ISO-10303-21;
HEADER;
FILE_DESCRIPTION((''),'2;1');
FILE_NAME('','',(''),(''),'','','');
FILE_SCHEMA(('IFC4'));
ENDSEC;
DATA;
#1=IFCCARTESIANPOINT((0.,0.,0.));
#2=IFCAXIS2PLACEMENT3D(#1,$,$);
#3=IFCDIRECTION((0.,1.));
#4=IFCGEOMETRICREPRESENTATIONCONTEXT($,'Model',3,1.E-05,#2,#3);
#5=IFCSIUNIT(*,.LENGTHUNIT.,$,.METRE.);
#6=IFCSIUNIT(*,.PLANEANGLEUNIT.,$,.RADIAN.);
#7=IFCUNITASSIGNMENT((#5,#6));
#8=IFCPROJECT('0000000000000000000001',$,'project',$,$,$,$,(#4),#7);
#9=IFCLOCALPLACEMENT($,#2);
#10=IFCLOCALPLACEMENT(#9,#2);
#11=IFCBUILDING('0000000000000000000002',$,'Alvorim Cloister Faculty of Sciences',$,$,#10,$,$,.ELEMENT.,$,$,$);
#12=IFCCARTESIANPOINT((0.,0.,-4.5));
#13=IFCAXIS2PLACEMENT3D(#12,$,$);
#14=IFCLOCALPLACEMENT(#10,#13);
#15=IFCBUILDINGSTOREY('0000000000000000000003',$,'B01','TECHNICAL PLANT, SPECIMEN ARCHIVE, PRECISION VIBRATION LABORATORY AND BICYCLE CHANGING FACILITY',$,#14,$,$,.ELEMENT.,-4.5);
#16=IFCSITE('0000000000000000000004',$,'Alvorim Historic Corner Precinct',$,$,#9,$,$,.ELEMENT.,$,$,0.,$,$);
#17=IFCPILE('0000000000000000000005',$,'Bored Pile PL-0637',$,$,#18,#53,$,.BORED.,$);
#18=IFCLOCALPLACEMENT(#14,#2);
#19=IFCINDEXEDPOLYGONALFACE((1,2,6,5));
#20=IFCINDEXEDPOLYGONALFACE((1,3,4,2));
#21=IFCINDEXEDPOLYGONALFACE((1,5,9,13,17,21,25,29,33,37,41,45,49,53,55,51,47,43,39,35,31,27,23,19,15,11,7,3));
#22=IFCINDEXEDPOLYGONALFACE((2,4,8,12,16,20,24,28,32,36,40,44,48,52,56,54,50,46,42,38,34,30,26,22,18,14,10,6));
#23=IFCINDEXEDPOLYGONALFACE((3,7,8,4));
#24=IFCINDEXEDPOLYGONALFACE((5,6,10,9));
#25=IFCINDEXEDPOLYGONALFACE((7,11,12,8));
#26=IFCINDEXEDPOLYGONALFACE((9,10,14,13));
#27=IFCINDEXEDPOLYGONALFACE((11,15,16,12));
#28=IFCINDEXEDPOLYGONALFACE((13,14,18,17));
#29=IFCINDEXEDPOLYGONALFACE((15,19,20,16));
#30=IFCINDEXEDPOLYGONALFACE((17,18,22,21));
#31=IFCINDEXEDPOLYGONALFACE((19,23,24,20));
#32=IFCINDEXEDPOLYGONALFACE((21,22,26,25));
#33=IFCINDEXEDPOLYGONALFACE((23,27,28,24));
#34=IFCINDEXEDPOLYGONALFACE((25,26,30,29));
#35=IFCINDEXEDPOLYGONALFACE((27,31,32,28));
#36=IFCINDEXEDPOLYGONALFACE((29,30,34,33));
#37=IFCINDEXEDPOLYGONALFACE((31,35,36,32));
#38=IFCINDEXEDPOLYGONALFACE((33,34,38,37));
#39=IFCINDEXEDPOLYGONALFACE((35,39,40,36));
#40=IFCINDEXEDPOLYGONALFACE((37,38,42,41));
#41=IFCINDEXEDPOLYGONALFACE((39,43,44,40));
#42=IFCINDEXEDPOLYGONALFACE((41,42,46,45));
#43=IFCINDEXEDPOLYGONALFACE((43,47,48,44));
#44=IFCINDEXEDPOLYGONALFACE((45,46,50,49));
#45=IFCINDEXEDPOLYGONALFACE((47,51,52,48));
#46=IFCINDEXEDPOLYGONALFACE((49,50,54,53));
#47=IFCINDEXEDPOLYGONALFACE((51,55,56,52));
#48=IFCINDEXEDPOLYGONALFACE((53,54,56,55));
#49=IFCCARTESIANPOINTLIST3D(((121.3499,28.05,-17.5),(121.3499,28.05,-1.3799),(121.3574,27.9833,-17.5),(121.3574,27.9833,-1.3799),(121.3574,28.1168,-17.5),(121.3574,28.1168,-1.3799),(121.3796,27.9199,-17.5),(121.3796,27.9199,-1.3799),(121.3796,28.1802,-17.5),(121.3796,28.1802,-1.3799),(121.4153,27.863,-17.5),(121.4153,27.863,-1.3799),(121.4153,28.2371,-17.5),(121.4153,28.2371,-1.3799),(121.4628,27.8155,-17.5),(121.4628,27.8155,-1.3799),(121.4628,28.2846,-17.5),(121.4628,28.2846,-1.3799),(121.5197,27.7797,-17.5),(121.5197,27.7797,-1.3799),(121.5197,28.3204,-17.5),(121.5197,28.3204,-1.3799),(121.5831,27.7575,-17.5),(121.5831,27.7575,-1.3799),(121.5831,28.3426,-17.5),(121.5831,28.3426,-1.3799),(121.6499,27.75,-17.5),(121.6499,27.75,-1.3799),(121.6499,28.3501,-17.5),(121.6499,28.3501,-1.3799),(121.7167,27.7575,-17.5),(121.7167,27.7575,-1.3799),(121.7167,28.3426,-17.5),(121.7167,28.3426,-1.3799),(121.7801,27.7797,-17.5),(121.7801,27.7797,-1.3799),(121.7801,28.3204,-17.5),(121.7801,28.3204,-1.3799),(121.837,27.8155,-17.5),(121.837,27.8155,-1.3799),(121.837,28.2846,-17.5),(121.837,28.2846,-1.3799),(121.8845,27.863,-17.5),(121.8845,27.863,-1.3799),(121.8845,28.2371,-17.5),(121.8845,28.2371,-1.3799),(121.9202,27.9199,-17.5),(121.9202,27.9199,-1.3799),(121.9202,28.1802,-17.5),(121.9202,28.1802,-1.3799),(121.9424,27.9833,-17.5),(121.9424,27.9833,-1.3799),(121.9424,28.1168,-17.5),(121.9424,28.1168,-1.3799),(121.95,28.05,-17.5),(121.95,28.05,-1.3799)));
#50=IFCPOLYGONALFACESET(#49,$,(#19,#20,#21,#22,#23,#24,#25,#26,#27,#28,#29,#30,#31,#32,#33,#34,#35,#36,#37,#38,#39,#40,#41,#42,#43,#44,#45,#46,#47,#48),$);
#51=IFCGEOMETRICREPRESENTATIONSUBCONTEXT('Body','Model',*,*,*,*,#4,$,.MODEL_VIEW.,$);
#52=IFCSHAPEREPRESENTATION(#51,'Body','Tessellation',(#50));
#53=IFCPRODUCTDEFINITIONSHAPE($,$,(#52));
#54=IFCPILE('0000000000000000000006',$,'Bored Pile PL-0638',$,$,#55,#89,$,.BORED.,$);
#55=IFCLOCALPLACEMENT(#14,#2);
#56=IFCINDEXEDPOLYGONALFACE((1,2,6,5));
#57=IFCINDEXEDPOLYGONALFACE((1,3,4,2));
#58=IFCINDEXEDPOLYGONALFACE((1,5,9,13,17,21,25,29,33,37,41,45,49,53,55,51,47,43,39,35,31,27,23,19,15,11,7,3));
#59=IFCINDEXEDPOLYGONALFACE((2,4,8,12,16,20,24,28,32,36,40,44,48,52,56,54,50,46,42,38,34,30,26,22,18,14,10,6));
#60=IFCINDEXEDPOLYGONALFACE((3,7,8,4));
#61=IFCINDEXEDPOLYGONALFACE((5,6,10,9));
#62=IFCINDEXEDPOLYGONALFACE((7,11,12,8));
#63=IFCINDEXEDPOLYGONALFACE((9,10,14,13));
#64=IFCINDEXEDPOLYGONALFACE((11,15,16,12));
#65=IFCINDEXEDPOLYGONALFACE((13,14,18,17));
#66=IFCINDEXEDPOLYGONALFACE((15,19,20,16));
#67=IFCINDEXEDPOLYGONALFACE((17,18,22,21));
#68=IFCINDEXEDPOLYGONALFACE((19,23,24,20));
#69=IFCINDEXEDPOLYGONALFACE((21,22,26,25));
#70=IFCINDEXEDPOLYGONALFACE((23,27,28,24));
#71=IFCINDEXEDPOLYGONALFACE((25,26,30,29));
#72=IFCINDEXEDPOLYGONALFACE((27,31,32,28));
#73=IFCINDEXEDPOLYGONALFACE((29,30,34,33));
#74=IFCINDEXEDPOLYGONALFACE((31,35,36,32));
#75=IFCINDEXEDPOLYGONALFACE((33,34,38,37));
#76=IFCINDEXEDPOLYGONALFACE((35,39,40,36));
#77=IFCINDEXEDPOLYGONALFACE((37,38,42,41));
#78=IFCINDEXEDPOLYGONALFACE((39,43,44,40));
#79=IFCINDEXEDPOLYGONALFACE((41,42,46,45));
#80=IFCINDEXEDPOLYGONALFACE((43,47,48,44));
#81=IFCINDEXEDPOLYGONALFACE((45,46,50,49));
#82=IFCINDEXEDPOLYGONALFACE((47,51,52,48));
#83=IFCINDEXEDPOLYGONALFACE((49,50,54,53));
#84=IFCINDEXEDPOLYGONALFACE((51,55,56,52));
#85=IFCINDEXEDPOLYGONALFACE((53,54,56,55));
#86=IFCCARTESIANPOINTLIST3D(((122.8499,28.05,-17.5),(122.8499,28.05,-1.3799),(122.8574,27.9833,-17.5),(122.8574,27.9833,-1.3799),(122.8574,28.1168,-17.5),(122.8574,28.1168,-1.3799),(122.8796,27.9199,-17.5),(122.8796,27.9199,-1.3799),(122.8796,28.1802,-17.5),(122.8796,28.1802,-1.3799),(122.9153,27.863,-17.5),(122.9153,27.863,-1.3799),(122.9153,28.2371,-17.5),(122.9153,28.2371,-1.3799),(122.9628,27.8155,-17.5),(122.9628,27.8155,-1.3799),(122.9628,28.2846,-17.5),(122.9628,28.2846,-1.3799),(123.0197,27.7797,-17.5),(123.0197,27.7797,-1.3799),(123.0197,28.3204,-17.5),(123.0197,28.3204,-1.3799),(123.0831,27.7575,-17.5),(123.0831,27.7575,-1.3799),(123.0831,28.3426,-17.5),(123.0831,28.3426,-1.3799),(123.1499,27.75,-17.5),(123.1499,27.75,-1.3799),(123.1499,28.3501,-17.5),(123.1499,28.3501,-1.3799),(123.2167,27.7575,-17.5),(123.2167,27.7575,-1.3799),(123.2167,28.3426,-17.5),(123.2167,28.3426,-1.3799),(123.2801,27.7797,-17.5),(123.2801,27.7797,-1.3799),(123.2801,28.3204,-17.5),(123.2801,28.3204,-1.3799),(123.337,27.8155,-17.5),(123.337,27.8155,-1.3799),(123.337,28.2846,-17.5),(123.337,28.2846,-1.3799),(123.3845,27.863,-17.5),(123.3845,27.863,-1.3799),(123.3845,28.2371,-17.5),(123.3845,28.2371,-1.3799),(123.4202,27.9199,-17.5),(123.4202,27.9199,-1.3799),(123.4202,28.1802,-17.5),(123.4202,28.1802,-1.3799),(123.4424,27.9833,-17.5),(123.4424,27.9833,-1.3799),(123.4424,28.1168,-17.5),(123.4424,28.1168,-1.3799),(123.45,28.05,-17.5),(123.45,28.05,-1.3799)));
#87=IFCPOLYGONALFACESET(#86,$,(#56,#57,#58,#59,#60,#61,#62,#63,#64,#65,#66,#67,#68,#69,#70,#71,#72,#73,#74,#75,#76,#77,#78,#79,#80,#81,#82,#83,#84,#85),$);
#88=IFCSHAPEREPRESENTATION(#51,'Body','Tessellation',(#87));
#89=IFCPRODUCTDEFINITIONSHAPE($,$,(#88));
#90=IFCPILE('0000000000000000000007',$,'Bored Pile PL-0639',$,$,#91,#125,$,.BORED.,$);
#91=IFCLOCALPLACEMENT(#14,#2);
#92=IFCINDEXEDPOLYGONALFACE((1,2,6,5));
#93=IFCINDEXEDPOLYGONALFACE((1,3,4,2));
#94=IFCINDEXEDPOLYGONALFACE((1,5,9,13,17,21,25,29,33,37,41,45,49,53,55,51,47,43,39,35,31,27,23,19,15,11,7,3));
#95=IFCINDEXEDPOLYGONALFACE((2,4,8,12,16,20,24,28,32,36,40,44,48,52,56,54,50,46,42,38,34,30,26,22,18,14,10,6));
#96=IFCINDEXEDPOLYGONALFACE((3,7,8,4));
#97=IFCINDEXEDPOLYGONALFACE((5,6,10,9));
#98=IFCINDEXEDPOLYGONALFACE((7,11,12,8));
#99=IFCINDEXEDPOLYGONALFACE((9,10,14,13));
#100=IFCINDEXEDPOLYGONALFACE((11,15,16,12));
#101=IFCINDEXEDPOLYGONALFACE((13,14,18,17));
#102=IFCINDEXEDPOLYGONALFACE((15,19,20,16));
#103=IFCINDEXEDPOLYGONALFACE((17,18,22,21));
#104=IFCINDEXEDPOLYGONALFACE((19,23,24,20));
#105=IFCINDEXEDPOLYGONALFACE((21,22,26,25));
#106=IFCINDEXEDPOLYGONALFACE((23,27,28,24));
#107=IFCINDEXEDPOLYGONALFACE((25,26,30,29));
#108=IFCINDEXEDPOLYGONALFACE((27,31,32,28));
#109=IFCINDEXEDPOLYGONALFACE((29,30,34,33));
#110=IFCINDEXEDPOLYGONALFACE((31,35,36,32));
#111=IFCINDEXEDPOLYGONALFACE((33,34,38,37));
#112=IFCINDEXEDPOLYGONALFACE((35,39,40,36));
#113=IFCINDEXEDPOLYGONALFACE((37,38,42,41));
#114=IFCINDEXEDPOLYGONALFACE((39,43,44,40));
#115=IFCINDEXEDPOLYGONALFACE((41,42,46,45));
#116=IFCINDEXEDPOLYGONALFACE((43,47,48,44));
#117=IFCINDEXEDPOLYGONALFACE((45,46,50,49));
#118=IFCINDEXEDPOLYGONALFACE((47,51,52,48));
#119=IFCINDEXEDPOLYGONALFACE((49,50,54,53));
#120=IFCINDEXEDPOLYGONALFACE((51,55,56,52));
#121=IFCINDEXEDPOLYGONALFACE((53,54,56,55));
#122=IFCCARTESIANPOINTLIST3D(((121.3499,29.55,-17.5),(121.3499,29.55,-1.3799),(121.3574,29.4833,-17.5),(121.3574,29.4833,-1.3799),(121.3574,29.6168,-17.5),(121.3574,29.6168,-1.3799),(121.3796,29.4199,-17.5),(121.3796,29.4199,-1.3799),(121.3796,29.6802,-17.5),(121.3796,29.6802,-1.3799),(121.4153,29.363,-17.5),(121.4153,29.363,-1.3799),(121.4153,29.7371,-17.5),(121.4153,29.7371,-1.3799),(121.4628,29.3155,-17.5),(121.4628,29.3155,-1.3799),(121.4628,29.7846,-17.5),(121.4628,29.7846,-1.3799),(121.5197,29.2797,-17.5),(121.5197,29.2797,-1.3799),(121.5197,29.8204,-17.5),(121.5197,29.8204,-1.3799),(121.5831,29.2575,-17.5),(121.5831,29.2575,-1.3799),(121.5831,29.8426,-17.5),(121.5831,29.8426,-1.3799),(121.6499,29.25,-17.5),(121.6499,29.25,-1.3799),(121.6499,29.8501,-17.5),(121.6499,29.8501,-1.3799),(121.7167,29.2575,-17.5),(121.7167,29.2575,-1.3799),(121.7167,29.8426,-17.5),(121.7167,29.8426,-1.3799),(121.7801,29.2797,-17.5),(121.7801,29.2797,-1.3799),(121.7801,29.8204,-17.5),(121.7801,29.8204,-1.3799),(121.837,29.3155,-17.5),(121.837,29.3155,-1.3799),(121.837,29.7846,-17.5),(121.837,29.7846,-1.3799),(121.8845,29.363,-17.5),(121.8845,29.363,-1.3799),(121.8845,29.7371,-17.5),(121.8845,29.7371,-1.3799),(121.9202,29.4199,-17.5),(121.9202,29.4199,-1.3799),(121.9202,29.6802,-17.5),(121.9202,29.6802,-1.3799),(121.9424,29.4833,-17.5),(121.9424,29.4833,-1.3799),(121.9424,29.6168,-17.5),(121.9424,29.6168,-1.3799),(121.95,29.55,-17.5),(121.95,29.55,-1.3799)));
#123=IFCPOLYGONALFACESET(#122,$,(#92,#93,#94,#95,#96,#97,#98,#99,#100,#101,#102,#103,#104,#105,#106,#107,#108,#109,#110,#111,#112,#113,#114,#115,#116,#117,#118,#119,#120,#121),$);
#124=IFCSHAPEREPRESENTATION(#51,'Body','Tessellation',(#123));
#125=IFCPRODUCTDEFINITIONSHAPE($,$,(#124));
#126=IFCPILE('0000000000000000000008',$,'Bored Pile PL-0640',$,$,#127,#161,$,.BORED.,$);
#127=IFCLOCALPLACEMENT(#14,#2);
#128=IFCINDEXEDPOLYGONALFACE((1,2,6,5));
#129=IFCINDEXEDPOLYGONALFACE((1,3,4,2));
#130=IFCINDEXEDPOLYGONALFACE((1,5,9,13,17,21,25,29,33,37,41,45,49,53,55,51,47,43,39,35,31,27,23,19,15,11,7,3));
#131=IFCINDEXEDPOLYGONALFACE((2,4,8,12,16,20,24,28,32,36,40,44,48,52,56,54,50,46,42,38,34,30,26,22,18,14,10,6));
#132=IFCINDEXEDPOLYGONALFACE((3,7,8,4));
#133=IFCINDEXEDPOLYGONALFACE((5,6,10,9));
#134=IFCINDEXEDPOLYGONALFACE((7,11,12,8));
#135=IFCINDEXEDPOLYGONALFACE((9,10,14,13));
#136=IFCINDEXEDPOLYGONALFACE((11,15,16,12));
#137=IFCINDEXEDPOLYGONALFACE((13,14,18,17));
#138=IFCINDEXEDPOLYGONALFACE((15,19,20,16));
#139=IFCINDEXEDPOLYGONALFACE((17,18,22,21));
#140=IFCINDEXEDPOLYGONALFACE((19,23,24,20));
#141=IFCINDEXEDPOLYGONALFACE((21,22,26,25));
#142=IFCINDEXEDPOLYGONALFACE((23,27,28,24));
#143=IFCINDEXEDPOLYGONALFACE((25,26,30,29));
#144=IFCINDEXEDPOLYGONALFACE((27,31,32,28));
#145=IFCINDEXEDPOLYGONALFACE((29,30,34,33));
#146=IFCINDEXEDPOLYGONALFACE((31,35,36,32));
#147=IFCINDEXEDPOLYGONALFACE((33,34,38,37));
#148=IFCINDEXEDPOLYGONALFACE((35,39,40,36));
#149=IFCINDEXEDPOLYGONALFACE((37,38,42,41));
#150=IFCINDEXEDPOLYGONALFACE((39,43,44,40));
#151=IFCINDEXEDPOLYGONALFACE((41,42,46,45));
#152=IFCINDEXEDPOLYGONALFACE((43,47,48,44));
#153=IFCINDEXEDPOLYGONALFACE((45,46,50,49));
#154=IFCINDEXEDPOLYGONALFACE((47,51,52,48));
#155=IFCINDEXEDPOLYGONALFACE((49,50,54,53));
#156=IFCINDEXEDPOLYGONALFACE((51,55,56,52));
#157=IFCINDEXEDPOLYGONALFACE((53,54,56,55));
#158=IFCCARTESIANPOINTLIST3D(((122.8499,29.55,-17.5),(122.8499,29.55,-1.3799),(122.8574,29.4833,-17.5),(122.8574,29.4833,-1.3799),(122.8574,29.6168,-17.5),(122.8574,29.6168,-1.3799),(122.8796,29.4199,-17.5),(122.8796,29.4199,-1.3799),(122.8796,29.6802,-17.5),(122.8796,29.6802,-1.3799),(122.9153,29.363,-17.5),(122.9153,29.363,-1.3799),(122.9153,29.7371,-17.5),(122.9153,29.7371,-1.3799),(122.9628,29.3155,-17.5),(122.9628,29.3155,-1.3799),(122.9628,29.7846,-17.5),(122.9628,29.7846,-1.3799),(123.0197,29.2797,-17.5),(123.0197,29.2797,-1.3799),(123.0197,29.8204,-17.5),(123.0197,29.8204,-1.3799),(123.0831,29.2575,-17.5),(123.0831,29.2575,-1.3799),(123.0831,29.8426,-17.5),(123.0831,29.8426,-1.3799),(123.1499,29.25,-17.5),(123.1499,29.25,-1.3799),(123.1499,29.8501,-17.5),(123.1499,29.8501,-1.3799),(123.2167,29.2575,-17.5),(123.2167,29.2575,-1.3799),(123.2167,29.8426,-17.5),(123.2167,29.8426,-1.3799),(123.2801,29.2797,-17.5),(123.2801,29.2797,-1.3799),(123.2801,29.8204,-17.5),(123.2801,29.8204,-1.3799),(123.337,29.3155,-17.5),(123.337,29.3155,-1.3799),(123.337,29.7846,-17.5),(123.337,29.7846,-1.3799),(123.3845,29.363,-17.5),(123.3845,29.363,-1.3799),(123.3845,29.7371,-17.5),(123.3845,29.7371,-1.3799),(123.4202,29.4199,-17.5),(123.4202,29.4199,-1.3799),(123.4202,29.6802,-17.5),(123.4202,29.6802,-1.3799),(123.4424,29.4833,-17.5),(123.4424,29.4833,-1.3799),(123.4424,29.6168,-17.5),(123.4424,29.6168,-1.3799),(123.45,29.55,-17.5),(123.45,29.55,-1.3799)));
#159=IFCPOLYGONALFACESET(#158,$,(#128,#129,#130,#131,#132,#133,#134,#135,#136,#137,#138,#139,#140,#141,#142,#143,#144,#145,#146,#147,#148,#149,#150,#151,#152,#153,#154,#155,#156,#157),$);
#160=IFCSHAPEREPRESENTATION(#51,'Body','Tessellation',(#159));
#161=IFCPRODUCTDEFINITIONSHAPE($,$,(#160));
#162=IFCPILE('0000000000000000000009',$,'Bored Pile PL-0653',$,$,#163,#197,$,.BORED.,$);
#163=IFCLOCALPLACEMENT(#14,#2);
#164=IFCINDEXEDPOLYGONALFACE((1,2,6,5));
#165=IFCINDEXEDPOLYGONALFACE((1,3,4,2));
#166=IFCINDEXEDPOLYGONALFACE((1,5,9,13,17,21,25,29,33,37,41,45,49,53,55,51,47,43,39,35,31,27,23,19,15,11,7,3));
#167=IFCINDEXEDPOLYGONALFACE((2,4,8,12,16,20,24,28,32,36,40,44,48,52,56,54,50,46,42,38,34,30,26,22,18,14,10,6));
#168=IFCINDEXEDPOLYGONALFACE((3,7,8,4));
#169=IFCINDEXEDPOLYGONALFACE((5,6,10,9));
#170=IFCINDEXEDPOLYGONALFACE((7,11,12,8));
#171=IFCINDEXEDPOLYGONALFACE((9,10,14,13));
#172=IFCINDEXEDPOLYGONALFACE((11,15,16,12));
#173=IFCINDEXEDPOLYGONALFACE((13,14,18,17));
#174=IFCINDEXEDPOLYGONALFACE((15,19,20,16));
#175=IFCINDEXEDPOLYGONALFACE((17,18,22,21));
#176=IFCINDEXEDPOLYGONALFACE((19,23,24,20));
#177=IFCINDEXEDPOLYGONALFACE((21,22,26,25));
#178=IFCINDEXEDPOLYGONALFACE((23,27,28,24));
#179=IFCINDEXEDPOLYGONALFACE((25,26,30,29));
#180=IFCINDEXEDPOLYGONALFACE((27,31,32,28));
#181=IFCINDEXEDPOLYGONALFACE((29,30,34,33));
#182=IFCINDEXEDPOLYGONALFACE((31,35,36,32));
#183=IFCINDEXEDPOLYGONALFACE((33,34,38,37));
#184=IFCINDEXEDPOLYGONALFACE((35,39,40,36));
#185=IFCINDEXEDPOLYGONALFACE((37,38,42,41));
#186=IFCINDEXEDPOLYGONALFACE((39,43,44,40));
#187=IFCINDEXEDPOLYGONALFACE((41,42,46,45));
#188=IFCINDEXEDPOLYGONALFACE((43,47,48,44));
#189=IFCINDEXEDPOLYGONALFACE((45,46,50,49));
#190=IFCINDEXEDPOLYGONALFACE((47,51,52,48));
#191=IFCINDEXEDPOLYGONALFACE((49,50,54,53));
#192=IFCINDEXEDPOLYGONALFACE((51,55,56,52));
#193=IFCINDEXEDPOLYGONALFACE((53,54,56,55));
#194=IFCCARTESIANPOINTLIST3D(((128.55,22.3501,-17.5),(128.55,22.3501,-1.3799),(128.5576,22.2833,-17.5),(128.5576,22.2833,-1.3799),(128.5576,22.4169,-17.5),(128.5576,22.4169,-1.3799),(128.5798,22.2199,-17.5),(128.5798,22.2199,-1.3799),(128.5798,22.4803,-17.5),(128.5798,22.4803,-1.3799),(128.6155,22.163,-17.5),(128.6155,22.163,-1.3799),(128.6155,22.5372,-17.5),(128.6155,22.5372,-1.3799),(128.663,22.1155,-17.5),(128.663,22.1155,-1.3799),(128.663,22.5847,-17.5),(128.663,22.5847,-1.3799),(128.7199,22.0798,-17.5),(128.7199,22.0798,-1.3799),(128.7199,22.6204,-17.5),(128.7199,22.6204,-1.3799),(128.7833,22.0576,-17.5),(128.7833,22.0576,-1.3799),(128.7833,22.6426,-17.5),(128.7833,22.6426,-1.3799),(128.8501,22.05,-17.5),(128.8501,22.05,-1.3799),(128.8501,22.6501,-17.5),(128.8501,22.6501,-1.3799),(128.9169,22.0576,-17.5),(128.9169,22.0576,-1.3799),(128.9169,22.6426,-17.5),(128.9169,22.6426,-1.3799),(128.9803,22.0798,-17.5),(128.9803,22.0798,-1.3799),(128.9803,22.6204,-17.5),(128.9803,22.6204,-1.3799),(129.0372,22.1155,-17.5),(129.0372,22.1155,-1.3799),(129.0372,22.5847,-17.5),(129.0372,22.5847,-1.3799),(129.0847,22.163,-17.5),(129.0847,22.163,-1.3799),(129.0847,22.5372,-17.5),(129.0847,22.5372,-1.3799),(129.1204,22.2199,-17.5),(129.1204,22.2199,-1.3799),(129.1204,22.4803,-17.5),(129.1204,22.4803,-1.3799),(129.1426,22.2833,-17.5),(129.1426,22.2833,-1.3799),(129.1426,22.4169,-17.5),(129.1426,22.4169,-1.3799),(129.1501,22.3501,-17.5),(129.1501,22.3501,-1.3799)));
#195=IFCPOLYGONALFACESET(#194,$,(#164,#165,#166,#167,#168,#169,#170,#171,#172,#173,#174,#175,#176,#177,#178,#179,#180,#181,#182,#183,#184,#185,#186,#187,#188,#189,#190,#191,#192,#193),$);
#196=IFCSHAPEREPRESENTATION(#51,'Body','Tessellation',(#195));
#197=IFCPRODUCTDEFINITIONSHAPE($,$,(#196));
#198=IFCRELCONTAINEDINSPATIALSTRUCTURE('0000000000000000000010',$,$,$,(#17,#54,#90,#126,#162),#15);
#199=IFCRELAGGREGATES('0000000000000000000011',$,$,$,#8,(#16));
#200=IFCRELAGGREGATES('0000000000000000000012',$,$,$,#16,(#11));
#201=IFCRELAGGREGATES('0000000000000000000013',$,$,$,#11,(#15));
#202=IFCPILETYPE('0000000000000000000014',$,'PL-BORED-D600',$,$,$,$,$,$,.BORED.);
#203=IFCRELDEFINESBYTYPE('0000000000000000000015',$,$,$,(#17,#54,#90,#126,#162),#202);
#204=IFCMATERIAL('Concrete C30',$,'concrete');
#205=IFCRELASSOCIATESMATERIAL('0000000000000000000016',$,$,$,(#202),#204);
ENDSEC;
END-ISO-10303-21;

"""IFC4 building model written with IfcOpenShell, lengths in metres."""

from ifc_helpers import new_model, si_unit, direction, frame, origin, origin_2d, place, context, subcontext, project, spatial, circle, extrude, material, material_profile, profile_set, type_object, element, save


model = new_model("IFC4")

# Units and contexts
model_context = context("Model", 3, precision=1e-05, world=origin(), true_north=direction((0.0, 1.0)))
body_context = subcontext(model_context, "Body", "Model", "MODEL_VIEW")
ifc_project = project(units=[si_unit("LENGTHUNIT", "METRE"), si_unit("PLANEANGLEUNIT", "RADIAN")], contexts=[model_context])

# Site, building, storey
site_placement = place(None, origin())
site = spatial("IfcSite", under=ifc_project, at=site_placement, Name="Alvorim Historic Corner Precinct", CompositionType="ELEMENT", RefElevation=0.0)
building_placement = place(site_placement, origin())
building = spatial("IfcBuilding", under=site, at=building_placement, Name="Alvorim Cloister Faculty of Sciences", CompositionType="ELEMENT")
storey_placement = place(building_placement, frame((0.0, 0.0, -4.5)))
storey = spatial("IfcBuildingStorey", under=building, at=storey_placement, Name="B01", Description="TECHNICAL PLANT, SPECIMEN ARCHIVE, PRECISION VIBRATION LABORATORY AND BICYCLE CHANGING FACILITY", CompositionType="ELEMENT", Elevation=-4.5)

# Piles
ifc_material_1 = material(Name="Concrete C30", Category="concrete")
ifc_material_profile_1 = material_profile(ifc_material_1, circle(Radius=0.3, at=origin_2d()), Name="PILE-D600")
ifc_profile_set_1 = profile_set([ifc_material_profile_1], Name="Concrete C30")
pile_type_1 = type_object("IfcPileType", Name="PL-BORED-D600", PredefinedType="BORED", material=ifc_profile_set_1)
for number, where, z_axis, x_axis, name in (
    (1, (121.6499, 28.05, -1.3799), (0.0, 0.0, -1.0), (1.0, 0.0, 0.0), "Bored Pile PL-0637"),
    (2, (123.1499, 28.05, -1.3799), (0.0, 0.0, -1.0), (1.0, 0.0, 0.0), "Bored Pile PL-0638"),
    (3, (121.6499, 29.55, -1.3799), (0.0, 0.0, -1.0), (1.0, 0.0, 0.0), "Bored Pile PL-0639"),
    (4, (123.1499, 29.55, -1.3799), (0.0, 0.0, -1.0), (1.0, 0.0, 0.0), "Bored Pile PL-0640"),
    (5, (128.8501, 22.3501, -1.3799), (0.0, 0.0, -1.0), (1.0, 0.0, 0.0), "Bored Pile PL-0653"),
):
    element("IfcPile", number, at=place(storey_placement, frame(where, z_axis=z_axis, x_axis=x_axis)), inside=storey, type_object=pile_type_1, Name=name, PredefinedType="BORED", context=body_context, shape_type="SweptSolid", body=[
        extrude(circle(Radius=0.3, at=origin_2d()), origin(), (0.0, 0.0, 1.0), 16.1201),
    ])

save(model, "model.ifc")
